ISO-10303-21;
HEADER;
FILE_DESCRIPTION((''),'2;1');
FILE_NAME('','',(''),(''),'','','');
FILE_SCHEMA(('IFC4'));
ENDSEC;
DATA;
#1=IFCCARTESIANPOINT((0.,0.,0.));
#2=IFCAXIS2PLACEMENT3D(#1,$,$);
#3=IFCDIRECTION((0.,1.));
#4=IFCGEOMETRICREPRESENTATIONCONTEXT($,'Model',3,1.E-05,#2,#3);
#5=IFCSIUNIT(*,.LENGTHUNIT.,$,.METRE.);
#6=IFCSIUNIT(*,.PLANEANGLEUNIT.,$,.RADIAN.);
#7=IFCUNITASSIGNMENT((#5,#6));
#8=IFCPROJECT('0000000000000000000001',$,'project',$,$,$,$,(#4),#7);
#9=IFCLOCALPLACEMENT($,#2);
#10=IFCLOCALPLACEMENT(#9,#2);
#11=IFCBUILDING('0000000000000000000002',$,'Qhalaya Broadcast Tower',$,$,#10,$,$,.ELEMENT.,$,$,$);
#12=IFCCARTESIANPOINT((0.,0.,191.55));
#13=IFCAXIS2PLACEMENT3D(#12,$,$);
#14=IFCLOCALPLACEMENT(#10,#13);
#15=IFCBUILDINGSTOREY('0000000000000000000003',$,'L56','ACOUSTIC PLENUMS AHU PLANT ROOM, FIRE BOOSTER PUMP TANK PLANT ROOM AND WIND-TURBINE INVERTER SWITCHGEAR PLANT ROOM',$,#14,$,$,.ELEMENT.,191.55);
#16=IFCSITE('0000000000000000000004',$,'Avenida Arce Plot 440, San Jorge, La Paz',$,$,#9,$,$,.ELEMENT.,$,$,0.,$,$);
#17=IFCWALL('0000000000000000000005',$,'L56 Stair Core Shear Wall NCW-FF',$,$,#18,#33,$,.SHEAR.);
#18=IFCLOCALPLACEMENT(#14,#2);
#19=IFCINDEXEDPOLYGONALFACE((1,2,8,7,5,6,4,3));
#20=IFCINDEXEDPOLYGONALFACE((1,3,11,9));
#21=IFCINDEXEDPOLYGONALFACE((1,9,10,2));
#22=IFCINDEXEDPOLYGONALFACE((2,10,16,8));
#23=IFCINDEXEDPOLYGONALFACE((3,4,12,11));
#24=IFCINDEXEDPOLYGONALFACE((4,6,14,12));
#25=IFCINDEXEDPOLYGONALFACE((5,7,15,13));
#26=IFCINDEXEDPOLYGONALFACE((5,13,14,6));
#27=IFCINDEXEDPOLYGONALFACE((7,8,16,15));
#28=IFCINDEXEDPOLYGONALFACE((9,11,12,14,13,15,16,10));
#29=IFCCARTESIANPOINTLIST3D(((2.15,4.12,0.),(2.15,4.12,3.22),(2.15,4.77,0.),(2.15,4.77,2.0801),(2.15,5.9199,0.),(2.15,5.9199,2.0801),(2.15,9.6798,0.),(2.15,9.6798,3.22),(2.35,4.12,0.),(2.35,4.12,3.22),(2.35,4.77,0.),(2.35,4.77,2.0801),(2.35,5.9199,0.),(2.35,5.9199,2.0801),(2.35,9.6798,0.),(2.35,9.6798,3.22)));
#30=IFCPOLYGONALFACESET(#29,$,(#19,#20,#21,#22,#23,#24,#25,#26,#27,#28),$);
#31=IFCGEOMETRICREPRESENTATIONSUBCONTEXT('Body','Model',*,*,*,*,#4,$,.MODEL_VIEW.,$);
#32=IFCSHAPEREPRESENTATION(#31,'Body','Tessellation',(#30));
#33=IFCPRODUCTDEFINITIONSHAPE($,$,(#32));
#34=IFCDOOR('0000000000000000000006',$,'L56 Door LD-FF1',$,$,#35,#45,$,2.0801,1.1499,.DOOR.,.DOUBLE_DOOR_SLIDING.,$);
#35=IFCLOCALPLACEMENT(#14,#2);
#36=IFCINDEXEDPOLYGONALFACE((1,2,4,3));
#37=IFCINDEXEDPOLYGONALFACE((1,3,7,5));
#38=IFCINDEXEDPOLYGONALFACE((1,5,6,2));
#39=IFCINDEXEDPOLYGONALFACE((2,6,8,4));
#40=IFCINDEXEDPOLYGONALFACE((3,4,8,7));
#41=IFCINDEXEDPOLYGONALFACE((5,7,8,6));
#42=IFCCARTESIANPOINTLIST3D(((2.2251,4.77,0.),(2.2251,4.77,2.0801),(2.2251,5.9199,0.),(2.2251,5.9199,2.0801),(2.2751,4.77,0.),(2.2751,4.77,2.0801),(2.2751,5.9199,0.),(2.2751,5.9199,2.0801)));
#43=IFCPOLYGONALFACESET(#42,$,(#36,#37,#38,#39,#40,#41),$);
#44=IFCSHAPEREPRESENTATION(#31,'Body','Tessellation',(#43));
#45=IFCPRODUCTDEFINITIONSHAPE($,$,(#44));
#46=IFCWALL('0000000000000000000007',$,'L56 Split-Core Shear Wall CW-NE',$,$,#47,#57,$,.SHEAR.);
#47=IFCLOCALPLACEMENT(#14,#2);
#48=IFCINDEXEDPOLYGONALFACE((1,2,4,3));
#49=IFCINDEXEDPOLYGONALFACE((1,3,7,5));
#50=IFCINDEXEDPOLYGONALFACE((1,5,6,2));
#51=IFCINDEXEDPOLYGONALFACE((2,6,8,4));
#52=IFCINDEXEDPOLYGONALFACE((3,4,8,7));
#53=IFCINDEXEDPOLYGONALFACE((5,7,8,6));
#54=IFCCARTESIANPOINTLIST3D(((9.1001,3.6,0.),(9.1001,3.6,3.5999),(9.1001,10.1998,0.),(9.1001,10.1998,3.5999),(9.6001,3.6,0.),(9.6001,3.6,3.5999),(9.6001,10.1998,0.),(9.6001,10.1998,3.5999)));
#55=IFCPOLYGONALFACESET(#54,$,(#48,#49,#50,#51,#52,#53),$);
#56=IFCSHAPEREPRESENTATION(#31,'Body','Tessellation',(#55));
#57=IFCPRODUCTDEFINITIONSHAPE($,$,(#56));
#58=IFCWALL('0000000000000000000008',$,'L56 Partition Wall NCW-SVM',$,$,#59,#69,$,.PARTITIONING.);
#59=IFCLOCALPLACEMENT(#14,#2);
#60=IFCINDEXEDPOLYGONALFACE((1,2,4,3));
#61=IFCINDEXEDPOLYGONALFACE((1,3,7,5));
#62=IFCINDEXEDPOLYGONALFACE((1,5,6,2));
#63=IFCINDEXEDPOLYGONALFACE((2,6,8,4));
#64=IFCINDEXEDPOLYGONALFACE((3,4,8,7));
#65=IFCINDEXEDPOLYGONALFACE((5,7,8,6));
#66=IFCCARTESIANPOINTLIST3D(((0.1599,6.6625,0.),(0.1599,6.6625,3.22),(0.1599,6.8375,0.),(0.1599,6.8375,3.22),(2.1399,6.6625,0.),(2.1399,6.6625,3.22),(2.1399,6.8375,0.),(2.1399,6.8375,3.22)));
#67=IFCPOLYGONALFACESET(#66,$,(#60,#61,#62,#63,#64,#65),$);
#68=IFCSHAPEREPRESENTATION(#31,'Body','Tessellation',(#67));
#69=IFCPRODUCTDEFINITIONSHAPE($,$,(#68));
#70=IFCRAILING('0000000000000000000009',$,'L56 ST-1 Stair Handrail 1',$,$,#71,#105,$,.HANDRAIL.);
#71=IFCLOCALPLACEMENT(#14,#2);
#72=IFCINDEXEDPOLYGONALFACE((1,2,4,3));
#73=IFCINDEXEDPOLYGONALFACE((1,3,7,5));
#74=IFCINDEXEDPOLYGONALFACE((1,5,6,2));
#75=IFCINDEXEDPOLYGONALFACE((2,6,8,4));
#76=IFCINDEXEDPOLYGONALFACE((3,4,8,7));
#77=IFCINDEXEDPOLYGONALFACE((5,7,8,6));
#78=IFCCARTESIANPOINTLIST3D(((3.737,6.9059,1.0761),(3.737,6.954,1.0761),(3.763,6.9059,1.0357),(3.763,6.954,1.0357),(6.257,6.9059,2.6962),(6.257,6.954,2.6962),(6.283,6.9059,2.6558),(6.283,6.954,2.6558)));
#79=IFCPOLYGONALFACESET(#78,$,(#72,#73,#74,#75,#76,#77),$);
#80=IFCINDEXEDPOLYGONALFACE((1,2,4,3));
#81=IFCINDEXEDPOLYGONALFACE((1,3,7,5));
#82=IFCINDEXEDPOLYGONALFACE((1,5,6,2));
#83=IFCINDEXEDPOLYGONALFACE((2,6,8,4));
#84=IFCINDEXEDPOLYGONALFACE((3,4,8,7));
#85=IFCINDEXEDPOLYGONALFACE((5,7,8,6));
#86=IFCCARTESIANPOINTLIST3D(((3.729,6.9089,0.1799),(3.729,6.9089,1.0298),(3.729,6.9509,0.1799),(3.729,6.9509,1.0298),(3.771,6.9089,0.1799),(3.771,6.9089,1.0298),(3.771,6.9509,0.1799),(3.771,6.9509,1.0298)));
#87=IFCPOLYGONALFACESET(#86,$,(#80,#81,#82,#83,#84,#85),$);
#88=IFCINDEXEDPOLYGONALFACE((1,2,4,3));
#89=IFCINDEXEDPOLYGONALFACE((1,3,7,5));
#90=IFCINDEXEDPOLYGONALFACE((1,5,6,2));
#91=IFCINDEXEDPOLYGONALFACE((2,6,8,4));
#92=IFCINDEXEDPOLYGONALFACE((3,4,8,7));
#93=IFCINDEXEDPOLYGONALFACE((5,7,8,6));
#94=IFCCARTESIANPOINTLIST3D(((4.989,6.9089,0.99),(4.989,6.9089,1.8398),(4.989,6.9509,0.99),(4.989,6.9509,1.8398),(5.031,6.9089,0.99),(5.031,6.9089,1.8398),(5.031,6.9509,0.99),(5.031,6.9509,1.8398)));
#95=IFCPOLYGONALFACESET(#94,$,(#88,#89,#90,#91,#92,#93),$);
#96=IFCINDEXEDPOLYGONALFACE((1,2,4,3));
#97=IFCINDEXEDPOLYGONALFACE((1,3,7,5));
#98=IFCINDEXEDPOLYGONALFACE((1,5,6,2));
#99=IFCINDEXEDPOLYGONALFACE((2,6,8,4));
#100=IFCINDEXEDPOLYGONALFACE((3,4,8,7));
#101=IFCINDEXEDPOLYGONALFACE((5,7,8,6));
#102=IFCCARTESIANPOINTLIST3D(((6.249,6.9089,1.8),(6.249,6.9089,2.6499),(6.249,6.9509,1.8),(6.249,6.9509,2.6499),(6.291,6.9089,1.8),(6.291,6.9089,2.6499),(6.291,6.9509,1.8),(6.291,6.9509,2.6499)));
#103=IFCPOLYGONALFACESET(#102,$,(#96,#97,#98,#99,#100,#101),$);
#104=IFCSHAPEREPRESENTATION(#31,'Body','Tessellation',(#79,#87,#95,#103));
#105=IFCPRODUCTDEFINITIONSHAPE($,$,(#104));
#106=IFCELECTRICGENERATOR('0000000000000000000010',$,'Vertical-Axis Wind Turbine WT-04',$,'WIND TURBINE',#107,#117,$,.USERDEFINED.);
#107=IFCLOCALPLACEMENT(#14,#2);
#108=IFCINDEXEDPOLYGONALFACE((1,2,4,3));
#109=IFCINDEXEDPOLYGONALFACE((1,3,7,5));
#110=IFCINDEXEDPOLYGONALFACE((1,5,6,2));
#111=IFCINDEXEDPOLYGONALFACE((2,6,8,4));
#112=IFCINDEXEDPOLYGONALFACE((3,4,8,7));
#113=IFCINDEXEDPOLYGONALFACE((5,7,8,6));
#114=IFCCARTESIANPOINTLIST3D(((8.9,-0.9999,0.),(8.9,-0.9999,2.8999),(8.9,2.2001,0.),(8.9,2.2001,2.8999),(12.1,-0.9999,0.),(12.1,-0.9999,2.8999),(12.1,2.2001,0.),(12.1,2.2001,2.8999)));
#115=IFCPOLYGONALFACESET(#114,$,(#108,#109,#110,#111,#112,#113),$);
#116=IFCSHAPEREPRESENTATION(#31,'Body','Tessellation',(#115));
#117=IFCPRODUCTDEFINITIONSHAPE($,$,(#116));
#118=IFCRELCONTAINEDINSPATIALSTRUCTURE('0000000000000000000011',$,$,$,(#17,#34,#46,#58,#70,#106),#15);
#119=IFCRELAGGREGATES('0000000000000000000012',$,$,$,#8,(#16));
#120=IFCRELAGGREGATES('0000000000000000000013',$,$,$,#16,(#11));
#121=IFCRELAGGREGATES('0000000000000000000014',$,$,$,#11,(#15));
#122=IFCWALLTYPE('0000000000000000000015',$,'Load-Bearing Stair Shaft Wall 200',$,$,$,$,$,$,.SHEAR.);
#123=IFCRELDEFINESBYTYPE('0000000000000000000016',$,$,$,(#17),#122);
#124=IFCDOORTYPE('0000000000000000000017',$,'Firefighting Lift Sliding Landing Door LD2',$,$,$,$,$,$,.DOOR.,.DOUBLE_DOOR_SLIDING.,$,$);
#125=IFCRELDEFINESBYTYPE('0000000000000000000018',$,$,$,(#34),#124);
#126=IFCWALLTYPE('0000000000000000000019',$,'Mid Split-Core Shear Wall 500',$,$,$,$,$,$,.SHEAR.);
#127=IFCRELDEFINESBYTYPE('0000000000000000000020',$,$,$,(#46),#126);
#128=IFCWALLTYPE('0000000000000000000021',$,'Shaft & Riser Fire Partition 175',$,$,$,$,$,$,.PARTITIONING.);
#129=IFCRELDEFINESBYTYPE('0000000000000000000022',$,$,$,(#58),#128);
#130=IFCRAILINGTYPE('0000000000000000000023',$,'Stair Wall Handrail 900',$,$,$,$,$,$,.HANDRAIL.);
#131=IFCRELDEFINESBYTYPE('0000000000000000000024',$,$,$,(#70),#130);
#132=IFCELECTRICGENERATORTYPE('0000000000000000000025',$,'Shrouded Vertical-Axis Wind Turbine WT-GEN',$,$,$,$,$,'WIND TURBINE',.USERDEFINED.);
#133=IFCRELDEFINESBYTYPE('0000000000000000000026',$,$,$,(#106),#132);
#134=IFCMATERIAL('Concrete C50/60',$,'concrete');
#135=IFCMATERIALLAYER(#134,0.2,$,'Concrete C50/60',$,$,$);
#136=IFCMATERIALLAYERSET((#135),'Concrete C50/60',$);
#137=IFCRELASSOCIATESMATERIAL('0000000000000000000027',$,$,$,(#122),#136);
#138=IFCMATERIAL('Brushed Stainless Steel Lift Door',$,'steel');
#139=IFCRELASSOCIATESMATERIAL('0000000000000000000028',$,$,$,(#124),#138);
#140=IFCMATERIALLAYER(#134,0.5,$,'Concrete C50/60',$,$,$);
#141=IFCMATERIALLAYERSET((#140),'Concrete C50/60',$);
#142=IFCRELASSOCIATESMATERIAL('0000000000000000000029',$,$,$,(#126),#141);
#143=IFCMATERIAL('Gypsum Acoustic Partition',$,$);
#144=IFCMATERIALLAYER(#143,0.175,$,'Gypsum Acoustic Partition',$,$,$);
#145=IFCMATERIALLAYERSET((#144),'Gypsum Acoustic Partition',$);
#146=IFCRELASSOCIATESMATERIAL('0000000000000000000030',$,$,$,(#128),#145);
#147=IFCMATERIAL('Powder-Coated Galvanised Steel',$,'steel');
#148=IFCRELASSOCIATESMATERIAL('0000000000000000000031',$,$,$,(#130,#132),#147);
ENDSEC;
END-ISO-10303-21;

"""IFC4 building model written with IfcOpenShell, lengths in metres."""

from ifc_helpers import new_model, si_unit, direction, frame, frame_2d, origin, origin_2d, place, context, subcontext, project, spatial, rectangle, extrude, material, layer, layer_set, type_object, element, fill, save


model = new_model("IFC4")

# Units and contexts
model_context = context("Model", 3, precision=1e-05, world=origin(), true_north=direction((0.0, 1.0)))
body_context = subcontext(model_context, "Body", "Model", "MODEL_VIEW")
ifc_project = project(units=[si_unit("LENGTHUNIT", "METRE"), si_unit("PLANEANGLEUNIT", "RADIAN")], contexts=[model_context])

# Site, building, storey
site_placement = place(None, origin())
site = spatial("IfcSite", under=ifc_project, at=site_placement, Name="Avenida Arce Plot 440, San Jorge, La Paz", CompositionType="ELEMENT", RefElevation=0.0)
building_placement = place(site_placement, origin())
building = spatial("IfcBuilding", under=site, at=building_placement, Name="Qhalaya Broadcast Tower", CompositionType="ELEMENT")
storey_placement = place(building_placement, frame((0.0, 0.0, 191.55)))
storey = spatial("IfcBuildingStorey", under=building, at=storey_placement, Name="L56", Description="ACOUSTIC PLENUMS AHU PLANT ROOM, FIRE BOOSTER PUMP TANK PLANT ROOM AND WIND-TURBINE INVERTER SWITCHGEAR PLANT ROOM", CompositionType="ELEMENT", Elevation=191.55)

# Shared definitions
ifc_material_1 = material(Name="Concrete C50/60", Category="concrete")

# Wall, opening, door
ifc_material_2 = material(Name="Gypsum Acoustic Partition")
ifc_layer_1 = layer(ifc_material_1, 0.2, Name="Concrete C50/60")
ifc_layer_set_1 = layer_set([ifc_layer_1], Name="Concrete C50/60")
wall_type_1 = type_object("IfcWallType", Name="Load-Bearing Stair Shaft Wall 200", PredefinedType="SHEAR", material=ifc_layer_set_1)
wall_1_placement = place(storey_placement, frame((2.25, 4.1201, 0.0), z_axis=(0.0, 0.0, 1.0), x_axis=(0.0, 1.0, 0.0)))
wall_1 = element("IfcWall", 1, at=wall_1_placement, inside=storey, type_object=wall_type_1, Name="L56 Stair Core Shear Wall NCW-FF", PredefinedType="SHEAR", context=body_context, shape_type="SweptSolid", body=[
    extrude(rectangle(XDim=5.5598, YDim=0.2, at=frame_2d((2.7798, 0.0))), origin(), (0.0, 0.0, 1.0), 3.22),
])
opening_1_placement = place(wall_1_placement, frame((0.6499, 0.0, 0.0)))
opening_1 = element("IfcOpeningElement", 2, at=opening_1_placement, cuts=wall_1, PredefinedType="OPENING", context=body_context, shape_type="SweptSolid", body=[
    extrude(rectangle(XDim=1.1499, YDim=2.0801, at=frame_2d((0.575, 1.04))), frame((0.0, 0.1121, 0.0), z_axis=(0.0, -1.0, 0.0), x_axis=(1.0, 0.0, 0.0)), (0.0, 0.0, 1.0), 0.2239),
])
ifc_material_3 = material(Name="Brushed Stainless Steel Lift Door", Category="steel")
door_type_1 = type_object("IfcDoorType", Name="Firefighting Lift Sliding Landing Door LD2", OperationType="DOUBLE_DOOR_SLIDING", PredefinedType="DOOR", material=ifc_material_3)
door_1_placement = place(opening_1_placement, origin())
door_1 = element("IfcDoor", 3, at=door_1_placement, inside=storey, type_object=door_type_1, Name="L56 Door LD-FF1", OperationType="DOUBLE_DOOR_SLIDING", OverallHeight=2.0801, OverallWidth=1.1499, PredefinedType="DOOR", context=body_context, shape_type="SweptSolid", body=[
    extrude(rectangle(XDim=1.1499, YDim=2.0801, at=frame_2d((0.575, 1.04))), frame((0.0, 0.0249, 0.0), z_axis=(0.0, -1.0, 0.0), x_axis=(1.0, 0.0, 0.0)), (0.0, 0.0, 1.0), 0.05),
])
fill(opening_1, door_1)

# Wall
ifc_layer_2 = layer(ifc_material_1, 0.5, Name="Concrete C50/60")
ifc_layer_set_2 = layer_set([ifc_layer_2], Name="Concrete C50/60")
wall_type_2 = type_object("IfcWallType", Name="Mid Split-Core Shear Wall 500", PredefinedType="SHEAR", material=ifc_layer_set_2)
wall_2_placement = place(storey_placement, frame((9.3501, 3.6001, 0.0), z_axis=(0.0, 0.0, 1.0), x_axis=(0.0, 1.0, 0.0)))
element("IfcWall", 4, at=wall_2_placement, inside=storey, type_object=wall_type_2, Name="L56 Split-Core Shear Wall CW-NE", PredefinedType="SHEAR", context=body_context, shape_type="SweptSolid", body=[
    extrude(rectangle(XDim=6.5999, YDim=0.5, at=frame_2d((3.2998, 0.0))), origin(), (0.0, 0.0, 1.0), 3.5999),
])

# Shared definitions
ifc_layer_3 = layer(ifc_material_2, 0.175, Name="Gypsum Acoustic Partition")
ifc_layer_set_3 = layer_set([ifc_layer_3], Name="Gypsum Acoustic Partition")
wall_type_3 = type_object("IfcWallType", Name="Shaft & Riser Fire Partition 175", PredefinedType="PARTITIONING", material=ifc_layer_set_3)

# Wall
wall_3_placement = place(storey_placement, frame((0.1599, 6.75, 0.0), z_axis=(0.0, 0.0, 1.0), x_axis=(1.0, 0.0, 0.0)))
element("IfcWall", 5, at=wall_3_placement, inside=storey, type_object=wall_type_3, Name="L56 Partition Wall NCW-SVM", PredefinedType="PARTITIONING", context=body_context, shape_type="SweptSolid", body=[
    extrude(rectangle(XDim=1.98, YDim=0.175, at=frame_2d((0.99, 0.0))), origin(), (0.0, 0.0, 1.0), 3.22),
])

# Railing
ifc_material_4 = material(Name="Powder-Coated Galvanised Steel", Category="steel")
railing_type = type_object("IfcRailingType", Name="Stair Wall Handrail 900", PredefinedType="HANDRAIL", material=ifc_material_4)
railing_placement = place(storey_placement, frame((3.75, 6.9299, 0.1799)))
element("IfcRailing", 6, at=railing_placement, inside=storey, type_object=railing_type, Name="L56 ST-1 Stair Handrail 1", PredefinedType="HANDRAIL", context=body_context, shape_type="SweptSolid", body=[
    extrude(rectangle(XDim=0.0481, YDim=0.0481, at=origin_2d()), frame((0.0, 0.0, 0.876), z_axis=(0.841163, 0.0, 0.540782), x_axis=(0.0, 1.0, 0.0)), (0.0, 0.0, 1.0), 2.9958),
    extrude(rectangle(XDim=0.042, YDim=0.042, at=origin_2d()), origin(), (0.0, 0.0, 1.0), 0.8499),
    extrude(rectangle(XDim=0.042, YDim=0.042, at=origin_2d()), frame((1.26, 0.0, 0.8101)), (0.0, 0.0, 1.0), 0.8499),
    extrude(rectangle(XDim=0.042, YDim=0.042, at=origin_2d()), frame((2.52, 0.0, 1.6201)), (0.0, 0.0, 1.0), 0.8499),
])

# Electric generator
electric_generator_type = type_object("IfcElectricGeneratorType", Name="Shrouded Vertical-Axis Wind Turbine WT-GEN", ElementType="WIND TURBINE", PredefinedType="USERDEFINED", material=ifc_material_4)
electric_generator_placement = place(storey_placement, frame((10.5, 0.6001, 0.0), z_axis=(0.0, 0.0, 1.0), x_axis=(1.0, 0.0, 0.0)))
element("IfcElectricGenerator", 7, at=electric_generator_placement, inside=storey, type_object=electric_generator_type, Name="Vertical-Axis Wind Turbine WT-04", ObjectType="WIND TURBINE", PredefinedType="USERDEFINED", context=body_context, shape_type="SweptSolid", body=[
    extrude(rectangle(XDim=3.2, YDim=3.2, at=origin_2d()), origin(), (0.0, 0.0, 1.0), 2.8999),
])

save(model, "model.ifc")
